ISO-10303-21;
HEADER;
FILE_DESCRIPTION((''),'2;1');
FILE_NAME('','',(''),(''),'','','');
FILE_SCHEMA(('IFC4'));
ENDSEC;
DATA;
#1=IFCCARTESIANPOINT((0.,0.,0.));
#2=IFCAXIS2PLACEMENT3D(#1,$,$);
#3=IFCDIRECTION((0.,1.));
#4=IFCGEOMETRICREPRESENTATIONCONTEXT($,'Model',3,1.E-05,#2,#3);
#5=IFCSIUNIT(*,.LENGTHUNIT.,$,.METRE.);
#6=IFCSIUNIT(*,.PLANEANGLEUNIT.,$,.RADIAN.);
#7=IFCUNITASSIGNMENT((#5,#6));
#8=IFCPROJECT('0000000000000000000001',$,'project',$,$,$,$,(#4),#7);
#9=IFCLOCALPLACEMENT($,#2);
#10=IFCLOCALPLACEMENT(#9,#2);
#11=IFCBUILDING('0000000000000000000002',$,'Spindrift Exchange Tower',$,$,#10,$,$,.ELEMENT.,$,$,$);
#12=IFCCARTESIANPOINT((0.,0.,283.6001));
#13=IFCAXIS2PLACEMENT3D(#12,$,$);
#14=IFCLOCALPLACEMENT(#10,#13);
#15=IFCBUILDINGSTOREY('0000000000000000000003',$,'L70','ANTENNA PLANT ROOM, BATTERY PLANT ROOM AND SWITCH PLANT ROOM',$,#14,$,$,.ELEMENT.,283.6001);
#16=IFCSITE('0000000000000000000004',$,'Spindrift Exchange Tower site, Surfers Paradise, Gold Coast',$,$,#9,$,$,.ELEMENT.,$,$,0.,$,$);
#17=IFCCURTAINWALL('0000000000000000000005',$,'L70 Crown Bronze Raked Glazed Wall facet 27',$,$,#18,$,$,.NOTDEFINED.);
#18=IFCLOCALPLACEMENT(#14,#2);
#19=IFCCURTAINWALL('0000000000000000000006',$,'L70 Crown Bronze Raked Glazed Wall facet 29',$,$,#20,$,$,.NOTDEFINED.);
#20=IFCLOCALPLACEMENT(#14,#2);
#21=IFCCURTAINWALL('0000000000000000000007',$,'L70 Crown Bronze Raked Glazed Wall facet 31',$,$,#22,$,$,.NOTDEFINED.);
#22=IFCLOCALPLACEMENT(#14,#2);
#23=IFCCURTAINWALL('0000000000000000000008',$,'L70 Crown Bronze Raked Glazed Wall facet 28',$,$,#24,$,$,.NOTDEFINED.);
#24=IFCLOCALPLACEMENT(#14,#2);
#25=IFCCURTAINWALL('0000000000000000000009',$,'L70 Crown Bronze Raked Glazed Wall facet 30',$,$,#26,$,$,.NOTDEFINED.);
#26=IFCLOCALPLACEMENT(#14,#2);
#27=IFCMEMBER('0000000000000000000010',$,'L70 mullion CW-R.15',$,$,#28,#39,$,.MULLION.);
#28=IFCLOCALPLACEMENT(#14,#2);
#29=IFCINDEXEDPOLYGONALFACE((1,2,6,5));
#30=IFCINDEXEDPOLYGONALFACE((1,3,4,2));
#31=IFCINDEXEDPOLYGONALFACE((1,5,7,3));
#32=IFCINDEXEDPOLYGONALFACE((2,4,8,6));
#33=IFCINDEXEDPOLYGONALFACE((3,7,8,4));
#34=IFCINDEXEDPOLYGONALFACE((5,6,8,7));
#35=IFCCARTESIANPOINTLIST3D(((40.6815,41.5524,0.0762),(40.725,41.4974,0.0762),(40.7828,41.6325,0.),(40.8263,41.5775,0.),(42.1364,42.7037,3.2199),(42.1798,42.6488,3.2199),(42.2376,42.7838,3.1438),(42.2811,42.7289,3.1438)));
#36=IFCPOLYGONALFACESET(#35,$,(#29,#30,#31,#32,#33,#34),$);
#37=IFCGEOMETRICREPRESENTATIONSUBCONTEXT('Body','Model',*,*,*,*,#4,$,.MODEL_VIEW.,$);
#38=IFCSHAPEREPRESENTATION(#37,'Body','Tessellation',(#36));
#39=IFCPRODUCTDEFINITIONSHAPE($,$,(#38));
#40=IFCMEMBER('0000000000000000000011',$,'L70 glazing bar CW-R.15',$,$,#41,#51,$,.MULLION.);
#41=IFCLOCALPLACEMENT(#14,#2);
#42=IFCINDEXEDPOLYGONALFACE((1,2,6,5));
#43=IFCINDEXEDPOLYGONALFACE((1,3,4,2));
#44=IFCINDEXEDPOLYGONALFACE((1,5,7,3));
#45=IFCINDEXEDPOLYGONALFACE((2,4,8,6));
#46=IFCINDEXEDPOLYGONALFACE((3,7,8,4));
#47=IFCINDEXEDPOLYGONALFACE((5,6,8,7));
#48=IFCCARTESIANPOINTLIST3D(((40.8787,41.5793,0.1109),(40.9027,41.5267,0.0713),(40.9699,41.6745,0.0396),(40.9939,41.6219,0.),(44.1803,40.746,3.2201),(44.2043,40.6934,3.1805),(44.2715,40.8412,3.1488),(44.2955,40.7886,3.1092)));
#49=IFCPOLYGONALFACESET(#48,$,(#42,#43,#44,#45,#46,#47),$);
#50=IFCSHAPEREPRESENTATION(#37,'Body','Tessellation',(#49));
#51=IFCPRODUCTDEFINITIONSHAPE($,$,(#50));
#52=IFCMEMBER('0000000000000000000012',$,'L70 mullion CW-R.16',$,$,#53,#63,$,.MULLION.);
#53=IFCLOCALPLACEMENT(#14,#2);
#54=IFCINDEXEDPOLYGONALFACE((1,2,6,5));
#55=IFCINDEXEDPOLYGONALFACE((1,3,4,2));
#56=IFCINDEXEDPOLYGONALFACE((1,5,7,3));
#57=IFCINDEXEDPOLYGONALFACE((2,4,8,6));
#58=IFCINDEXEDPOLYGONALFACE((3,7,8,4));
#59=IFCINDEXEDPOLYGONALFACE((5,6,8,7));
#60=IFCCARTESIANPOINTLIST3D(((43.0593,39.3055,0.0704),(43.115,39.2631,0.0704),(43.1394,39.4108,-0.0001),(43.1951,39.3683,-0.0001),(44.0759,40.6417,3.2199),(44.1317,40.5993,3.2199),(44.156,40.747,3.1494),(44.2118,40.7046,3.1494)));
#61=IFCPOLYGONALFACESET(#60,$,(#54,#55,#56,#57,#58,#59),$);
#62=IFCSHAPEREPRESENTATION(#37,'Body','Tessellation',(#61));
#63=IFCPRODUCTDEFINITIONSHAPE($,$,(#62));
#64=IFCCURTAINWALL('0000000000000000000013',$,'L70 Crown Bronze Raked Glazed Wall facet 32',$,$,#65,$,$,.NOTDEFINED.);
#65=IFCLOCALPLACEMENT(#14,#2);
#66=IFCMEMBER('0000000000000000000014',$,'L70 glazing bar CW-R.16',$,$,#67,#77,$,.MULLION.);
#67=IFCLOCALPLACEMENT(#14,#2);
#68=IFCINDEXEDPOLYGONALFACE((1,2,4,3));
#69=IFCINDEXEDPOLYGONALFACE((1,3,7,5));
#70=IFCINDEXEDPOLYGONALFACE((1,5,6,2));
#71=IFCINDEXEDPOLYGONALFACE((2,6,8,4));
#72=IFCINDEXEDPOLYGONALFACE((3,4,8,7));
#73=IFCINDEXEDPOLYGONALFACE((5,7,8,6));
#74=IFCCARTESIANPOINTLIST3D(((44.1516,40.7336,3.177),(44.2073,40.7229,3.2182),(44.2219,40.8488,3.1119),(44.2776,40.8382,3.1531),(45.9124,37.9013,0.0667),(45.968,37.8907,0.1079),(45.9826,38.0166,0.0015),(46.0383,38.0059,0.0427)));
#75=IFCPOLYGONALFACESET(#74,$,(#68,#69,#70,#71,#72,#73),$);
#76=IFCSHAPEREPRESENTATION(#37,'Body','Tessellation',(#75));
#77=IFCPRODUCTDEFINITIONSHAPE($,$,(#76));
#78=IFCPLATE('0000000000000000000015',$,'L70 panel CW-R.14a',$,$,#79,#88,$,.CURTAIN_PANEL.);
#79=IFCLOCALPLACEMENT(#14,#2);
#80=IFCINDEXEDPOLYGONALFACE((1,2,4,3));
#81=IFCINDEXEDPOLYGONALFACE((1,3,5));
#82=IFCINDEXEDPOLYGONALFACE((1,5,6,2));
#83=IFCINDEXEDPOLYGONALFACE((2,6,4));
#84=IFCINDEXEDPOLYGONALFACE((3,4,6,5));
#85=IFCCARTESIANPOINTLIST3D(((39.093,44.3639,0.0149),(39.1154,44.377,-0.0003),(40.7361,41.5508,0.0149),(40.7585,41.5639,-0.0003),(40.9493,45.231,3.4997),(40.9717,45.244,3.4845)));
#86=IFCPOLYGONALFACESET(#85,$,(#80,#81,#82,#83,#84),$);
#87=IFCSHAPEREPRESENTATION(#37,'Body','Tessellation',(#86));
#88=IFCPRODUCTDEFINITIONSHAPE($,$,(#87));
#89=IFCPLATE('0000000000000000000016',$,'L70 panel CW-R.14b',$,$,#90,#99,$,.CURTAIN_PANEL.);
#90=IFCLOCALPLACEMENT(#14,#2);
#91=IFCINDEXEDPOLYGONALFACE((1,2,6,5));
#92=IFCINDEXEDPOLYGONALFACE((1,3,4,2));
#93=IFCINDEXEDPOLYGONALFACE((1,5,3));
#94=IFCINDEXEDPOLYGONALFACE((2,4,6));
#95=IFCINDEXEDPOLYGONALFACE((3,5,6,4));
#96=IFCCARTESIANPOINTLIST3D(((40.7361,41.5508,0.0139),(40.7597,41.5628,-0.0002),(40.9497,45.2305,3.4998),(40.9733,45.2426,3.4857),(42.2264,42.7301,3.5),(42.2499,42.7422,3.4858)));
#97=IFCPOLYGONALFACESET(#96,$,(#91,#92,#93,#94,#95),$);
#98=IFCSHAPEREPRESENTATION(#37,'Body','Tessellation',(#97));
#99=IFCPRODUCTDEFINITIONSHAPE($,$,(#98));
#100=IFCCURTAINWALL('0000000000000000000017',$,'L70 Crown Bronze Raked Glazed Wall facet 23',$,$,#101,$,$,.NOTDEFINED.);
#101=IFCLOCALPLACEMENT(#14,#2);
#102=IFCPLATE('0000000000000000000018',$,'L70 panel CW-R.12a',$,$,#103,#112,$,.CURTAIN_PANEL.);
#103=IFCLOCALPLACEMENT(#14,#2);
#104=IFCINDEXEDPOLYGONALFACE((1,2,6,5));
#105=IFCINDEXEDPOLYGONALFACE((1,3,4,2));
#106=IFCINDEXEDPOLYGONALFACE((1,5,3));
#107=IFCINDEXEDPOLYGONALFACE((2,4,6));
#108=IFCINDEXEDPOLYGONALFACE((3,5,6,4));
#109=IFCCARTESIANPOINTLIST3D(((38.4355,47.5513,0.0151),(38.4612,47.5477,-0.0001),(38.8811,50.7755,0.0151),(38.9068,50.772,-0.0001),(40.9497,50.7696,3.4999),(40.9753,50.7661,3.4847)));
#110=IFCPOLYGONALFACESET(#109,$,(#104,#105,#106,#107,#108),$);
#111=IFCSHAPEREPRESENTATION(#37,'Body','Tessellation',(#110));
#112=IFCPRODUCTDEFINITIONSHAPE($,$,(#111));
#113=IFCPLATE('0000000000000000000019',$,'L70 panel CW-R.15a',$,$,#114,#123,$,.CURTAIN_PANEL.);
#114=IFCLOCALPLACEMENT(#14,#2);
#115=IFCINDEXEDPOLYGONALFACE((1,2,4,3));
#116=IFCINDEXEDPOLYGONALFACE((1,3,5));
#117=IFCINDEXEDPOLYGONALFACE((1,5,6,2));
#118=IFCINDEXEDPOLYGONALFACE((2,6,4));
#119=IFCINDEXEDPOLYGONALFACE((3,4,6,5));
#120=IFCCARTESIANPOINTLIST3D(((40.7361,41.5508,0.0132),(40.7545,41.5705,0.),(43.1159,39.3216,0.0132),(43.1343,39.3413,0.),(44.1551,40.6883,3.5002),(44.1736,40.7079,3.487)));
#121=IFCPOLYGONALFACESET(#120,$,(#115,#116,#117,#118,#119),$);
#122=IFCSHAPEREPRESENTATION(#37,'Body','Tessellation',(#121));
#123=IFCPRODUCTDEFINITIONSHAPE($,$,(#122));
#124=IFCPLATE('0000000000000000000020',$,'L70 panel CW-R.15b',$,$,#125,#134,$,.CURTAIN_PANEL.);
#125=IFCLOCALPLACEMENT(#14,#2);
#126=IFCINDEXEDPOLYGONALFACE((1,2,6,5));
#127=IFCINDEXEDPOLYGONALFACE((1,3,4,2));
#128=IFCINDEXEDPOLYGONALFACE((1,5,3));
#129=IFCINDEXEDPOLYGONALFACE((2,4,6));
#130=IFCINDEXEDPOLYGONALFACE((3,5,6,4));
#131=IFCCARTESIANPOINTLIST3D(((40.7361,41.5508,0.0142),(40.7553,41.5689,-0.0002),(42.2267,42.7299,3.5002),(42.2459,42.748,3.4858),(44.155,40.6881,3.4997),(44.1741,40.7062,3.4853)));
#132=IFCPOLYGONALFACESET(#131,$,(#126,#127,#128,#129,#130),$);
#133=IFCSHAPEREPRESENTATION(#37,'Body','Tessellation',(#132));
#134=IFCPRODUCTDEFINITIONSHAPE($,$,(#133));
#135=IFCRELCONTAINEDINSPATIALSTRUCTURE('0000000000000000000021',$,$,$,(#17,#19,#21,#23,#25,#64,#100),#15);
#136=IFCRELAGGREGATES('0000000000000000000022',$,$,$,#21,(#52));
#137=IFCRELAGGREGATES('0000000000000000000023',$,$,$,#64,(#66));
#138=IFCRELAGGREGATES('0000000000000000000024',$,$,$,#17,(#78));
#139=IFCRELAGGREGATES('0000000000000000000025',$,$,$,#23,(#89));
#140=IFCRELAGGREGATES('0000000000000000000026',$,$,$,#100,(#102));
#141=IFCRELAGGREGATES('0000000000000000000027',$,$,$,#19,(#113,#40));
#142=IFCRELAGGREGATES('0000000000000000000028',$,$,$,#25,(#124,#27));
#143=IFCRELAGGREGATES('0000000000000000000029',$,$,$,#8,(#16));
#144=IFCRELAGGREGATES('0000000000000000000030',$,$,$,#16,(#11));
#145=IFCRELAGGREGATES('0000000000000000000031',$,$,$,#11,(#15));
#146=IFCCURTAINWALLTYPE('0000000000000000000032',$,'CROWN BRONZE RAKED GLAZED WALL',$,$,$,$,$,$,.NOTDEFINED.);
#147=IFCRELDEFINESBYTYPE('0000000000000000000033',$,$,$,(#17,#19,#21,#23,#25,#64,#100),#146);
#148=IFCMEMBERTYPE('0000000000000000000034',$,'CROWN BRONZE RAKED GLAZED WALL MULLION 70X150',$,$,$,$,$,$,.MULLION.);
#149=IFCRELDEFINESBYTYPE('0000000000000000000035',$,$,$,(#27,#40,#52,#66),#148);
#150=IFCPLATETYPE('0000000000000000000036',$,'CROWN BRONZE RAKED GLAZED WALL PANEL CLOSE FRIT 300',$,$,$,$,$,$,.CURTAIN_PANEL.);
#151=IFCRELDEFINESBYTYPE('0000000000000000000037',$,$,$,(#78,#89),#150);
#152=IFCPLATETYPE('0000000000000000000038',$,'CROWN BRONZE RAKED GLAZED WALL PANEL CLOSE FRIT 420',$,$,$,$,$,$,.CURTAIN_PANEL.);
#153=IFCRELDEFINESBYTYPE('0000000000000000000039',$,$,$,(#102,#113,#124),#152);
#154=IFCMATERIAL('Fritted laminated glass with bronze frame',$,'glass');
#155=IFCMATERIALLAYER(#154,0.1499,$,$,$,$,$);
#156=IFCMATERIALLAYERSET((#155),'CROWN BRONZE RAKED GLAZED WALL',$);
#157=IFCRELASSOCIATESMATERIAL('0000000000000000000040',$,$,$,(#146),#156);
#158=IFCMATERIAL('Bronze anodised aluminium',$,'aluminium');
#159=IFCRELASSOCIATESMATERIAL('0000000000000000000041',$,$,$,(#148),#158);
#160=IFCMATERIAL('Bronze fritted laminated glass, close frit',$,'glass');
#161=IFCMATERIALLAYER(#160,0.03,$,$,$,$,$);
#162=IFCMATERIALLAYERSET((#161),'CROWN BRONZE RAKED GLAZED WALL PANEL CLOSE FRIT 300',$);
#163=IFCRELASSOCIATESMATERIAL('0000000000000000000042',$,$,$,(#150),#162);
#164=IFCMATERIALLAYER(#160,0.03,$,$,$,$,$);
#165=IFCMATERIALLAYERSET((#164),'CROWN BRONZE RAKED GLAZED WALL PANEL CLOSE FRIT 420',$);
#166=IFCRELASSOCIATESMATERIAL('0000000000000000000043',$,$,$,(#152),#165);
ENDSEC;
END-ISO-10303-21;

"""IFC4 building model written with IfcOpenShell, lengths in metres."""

from ifc_helpers import new_model, si_unit, direction, frame, origin, origin_2d, place, context, subcontext, project, spatial, line, indexed_curve, rectangle, outline, extrude, source, transform, mapped, material, layer, layer_set, material_profile, profile_set, type_object, element, aggregate, save


model = new_model("IFC4")

# Units and contexts
model_context = context("Model", 3, precision=1e-05, world=origin(), true_north=direction((0.0, 1.0)))
body_context = subcontext(model_context, "Body", "Model", "MODEL_VIEW")
ifc_project = project(units=[si_unit("LENGTHUNIT", "METRE"), si_unit("PLANEANGLEUNIT", "RADIAN")], contexts=[model_context])

# Site, building, storey
site_placement = place(None, origin())
site = spatial("IfcSite", under=ifc_project, at=site_placement, Name="Spindrift Exchange Tower site, Surfers Paradise, Gold Coast", CompositionType="ELEMENT", RefElevation=0.0)
building_placement = place(site_placement, origin())
building = spatial("IfcBuilding", under=site, at=building_placement, Name="Spindrift Exchange Tower", CompositionType="ELEMENT")
storey_placement = place(building_placement, frame((0.0, 0.0, 283.6001)))
storey = spatial("IfcBuildingStorey", under=building, at=storey_placement, Name="L70", Description="ANTENNA PLANT ROOM, BATTERY PLANT ROOM AND SWITCH PLANT ROOM", CompositionType="ELEMENT", Elevation=283.6001)

# Curtain walls
ifc_material_1 = material(Name="Fritted laminated glass with bronze frame", Category="glass")
ifc_layer_1 = layer(ifc_material_1, 0.1499)
ifc_layer_set_1 = layer_set([ifc_layer_1], Name="CROWN BRONZE RAKED GLAZED WALL")
curtain_wall_type = type_object("IfcCurtainWallType", Name="CROWN BRONZE RAKED GLAZED WALL", PredefinedType="NOTDEFINED", material=ifc_layer_set_1)
ifc_material_2 = material(Name="Bronze anodised aluminium", Category="aluminium")
curtain_wall_1_placement = place(storey_placement, origin())
curtain_wall_1 = element("IfcCurtainWall", 1, at=curtain_wall_1_placement, inside=storey, type_object=curtain_wall_type, Name="L70 Crown Bronze Raked Glazed Wall facet 27", PredefinedType="NOTDEFINED")
curtain_wall_2_placement = place(storey_placement, origin())
curtain_wall_2 = element("IfcCurtainWall", 2, at=curtain_wall_2_placement, inside=storey, type_object=curtain_wall_type, Name="L70 Crown Bronze Raked Glazed Wall facet 29", PredefinedType="NOTDEFINED")
curtain_wall_3_placement = place(storey_placement, origin())
curtain_wall_3 = element("IfcCurtainWall", 3, at=curtain_wall_3_placement, inside=storey, type_object=curtain_wall_type, Name="L70 Crown Bronze Raked Glazed Wall facet 31", PredefinedType="NOTDEFINED")

# Shared definitions
ifc_material_profile_1 = material_profile(ifc_material_2, rectangle(XDim=0.0701, YDim=0.1499, at=origin_2d()), Name="CROWN BRONZE RAKED GLAZED WALL MULLION 70X150")
ifc_profile_set_1 = profile_set([ifc_material_profile_1], Name="Bronze anodised aluminium")
member_type_1 = type_object("IfcMemberType", Name="CROWN BRONZE RAKED GLAZED WALL MULLION 70X150", PredefinedType="MULLION", material=ifc_profile_set_1)

# Curtain wall
curtain_wall_4_placement = place(storey_placement, origin())
curtain_wall_4 = element("IfcCurtainWall", 4, at=curtain_wall_4_placement, inside=storey, type_object=curtain_wall_type, Name="L70 Crown Bronze Raked Glazed Wall facet 28", PredefinedType="NOTDEFINED")

# Curtain wall, member
curtain_wall_5_placement = place(storey_placement, origin())
curtain_wall_5 = element("IfcCurtainWall", 5, at=curtain_wall_5_placement, inside=storey, type_object=curtain_wall_type, Name="L70 Crown Bronze Raked Glazed Wall facet 30", PredefinedType="NOTDEFINED")
shared_shape_1 = source(origin(), body_context, "Body", "SweptSolid", [
    extrude(rectangle(XDim=0.0701, YDim=0.1499, at=origin_2d()), origin(), (0.0, 0.0, 1.0), 3.6504),
])
member_1_placement = place(storey_placement, frame((40.7539, 41.5649, 0.0381), z_axis=(0.398537, 0.315406, 0.861213), x_axis=(-0.620578, 0.784145, 0.0)))
member_1 = element("IfcMember", 6, at=member_1_placement, type_object=member_type_1, Name="L70 mullion CW-R.15", PredefinedType="MULLION", context=body_context, shape_type="MappedRepresentation", body=[
    mapped(shared_shape_1, transform((0.0, 0.0, 0.0), scale=1.0)),
])

# Members
shared_shape_2 = source(origin(), body_context, "Body", "SweptSolid", [
    extrude(rectangle(XDim=0.0701, YDim=0.1499, at=origin_2d()), origin(), (0.0, 0.0, 1.0), 4.6111),
])
member_2_placement = place(storey_placement, frame((40.9363, 41.6006, 0.0554), z_axis=(0.716014, -0.180711, 0.674291), x_axis=(-0.342463, 0.750768, 0.56486)))
member_2 = element("IfcMember", 7, at=member_2_placement, type_object=member_type_1, Name="L70 glazing bar CW-R.15", PredefinedType="MULLION", context=body_context, shape_type="MappedRepresentation", body=[
    mapped(shared_shape_2, transform((0.0, 0.0, 0.0), scale=1.0)),
])
shared_shape_3 = source(origin(), body_context, "Body", "SweptSolid", [
    extrude(rectangle(XDim=0.0701, YDim=0.1499, at=origin_2d()), origin(), (0.0, 0.0, 1.0), 3.5691),
])
member_3_placement = place(storey_placement, frame((43.1272, 39.3369, 0.0352), z_axis=(0.284843, 0.374387, 0.882439), x_axis=(-0.795845, 0.6055, 0.0)))
member_3 = element("IfcMember", 8, at=member_3_placement, type_object=member_type_1, Name="L70 mullion CW-R.16", PredefinedType="MULLION", context=body_context, shape_type="MappedRepresentation", body=[
    mapped(shared_shape_3, transform((0.0, 0.0, 0.0), scale=1.0)),
])
aggregate(curtain_wall_3, [member_3])

# Curtain wall, member
curtain_wall_6_placement = place(storey_placement, origin())
curtain_wall_6 = element("IfcCurtainWall", 9, at=curtain_wall_6_placement, inside=storey, type_object=curtain_wall_type, Name="L70 Crown Bronze Raked Glazed Wall facet 32", PredefinedType="NOTDEFINED")
shared_shape_4 = source(origin(), body_context, "Body", "SweptSolid", [
    extrude(rectangle(XDim=0.0701, YDim=0.1499, at=origin_2d()), origin(), (0.0, 0.0, 1.0), 4.5603),
])
member_4_placement = place(storey_placement, frame((45.9753, 37.9536, 0.0547), z_axis=(-0.386103, 0.621073, 0.682051), x_axis=(-0.794455, 0.151872, -0.588028)))
member_4 = element("IfcMember", 10, at=member_4_placement, type_object=member_type_1, Name="L70 glazing bar CW-R.16", PredefinedType="MULLION", context=body_context, shape_type="MappedRepresentation", body=[
    mapped(shared_shape_4, transform((0.0, 0.0, 0.0), scale=1.0)),
])
aggregate(curtain_wall_6, [member_4])

# Plates
ifc_material_3 = material(Name="Bronze fritted laminated glass, close frit", Category="glass")
ifc_layer_2 = layer(ifc_material_3, 0.03)
ifc_layer_set_2 = layer_set([ifc_layer_2], Name="CROWN BRONZE RAKED GLAZED WALL PANEL CLOSE FRIT 300")
plate_type_1 = type_object("IfcPlateType", Name="CROWN BRONZE RAKED GLAZED WALL PANEL CLOSE FRIT 300", PredefinedType="CURTAIN_PANEL", material=ifc_layer_set_2)
plate_1_placement = place(storey_placement, frame((40.7361, 41.5508, 0.0149), z_axis=(-0.745185, -0.435235, 0.505243), x_axis=(-0.504342, 0.863504, 0.0)))
plate_1 = element("IfcPlate", 11, at=plate_1_placement, type_object=plate_type_1, Name="L70 panel CW-R.14a", PredefinedType="CURTAIN_PANEL", context=body_context, shape_type="SweptSolid", body=[
    extrude(outline(indexed_curve([(0.0, 0.0), (3.2578, 0.0), (3.0703, -4.0381)], segments=[line(1, 2, 3, 1)], self_intersect=False)), origin(), (0.0, 0.0, -1.0), 0.03),
])
aggregate(curtain_wall_1, [plate_1])
plate_2_placement = place(storey_placement, frame((40.7361, 41.5508, 0.0139), z_axis=(-0.785453, -0.401009, 0.471439), x_axis=(0.042106, 0.725325, 0.687117)))
plate_2 = element("IfcPlate", 12, at=plate_2_placement, type_object=plate_type_1, Name="L70 panel CW-R.14b", PredefinedType="CURTAIN_PANEL", context=body_context, shape_type="SweptSolid", body=[
    extrude(outline(indexed_curve([(0.0, 0.0), (5.0732, 0.0), (3.3135, -2.1875)], segments=[line(1, 2, 3, 1)], self_intersect=False)), origin(), (0.0, 0.0, -1.0), 0.03),
])
aggregate(curtain_wall_4, [plate_2])

# Curtain wall, plate
curtain_wall_7_placement = place(storey_placement, origin())
curtain_wall_7 = element("IfcCurtainWall", 13, at=curtain_wall_7_placement, inside=storey, type_object=curtain_wall_type, Name="L70 Crown Bronze Raked Glazed Wall facet 23", PredefinedType="NOTDEFINED")
ifc_layer_3 = layer(ifc_material_3, 0.03)
ifc_layer_set_3 = layer_set([ifc_layer_3], Name="CROWN BRONZE RAKED GLAZED WALL PANEL CLOSE FRIT 420")
plate_type_2 = type_object("IfcPlateType", Name="CROWN BRONZE RAKED GLAZED WALL PANEL CLOSE FRIT 420", PredefinedType="CURTAIN_PANEL", material=ifc_layer_set_3)
plate_3_placement = place(storey_placement, frame((38.4355, 47.5513, 0.0151), z_axis=(-0.853815, 0.117993, 0.507028), x_axis=(0.136894, 0.990586, 0.0)))
plate_3 = element("IfcPlate", 14, at=plate_3_placement, type_object=plate_type_2, Name="L70 panel CW-R.12a", PredefinedType="CURTAIN_PANEL", context=body_context, shape_type="SweptSolid", body=[
    extrude(outline(indexed_curve([(0.0, 0.0), (3.2549, 0.0), (3.5322, -4.043)], segments=[line(1, 2, 3, 1)], self_intersect=False)), origin(), (0.0, 0.0, -1.0), 0.03),
])
aggregate(curtain_wall_7, [plate_3])

# Plates
plate_4_placement = place(storey_placement, frame((40.7361, 41.5508, 0.0132), z_axis=(-0.613947, -0.655437, 0.439855), x_axis=(0.729829, -0.68363, 0.0)))
plate_4 = element("IfcPlate", 15, at=plate_4_placement, type_object=plate_type_2, Name="L70 panel CW-R.15a", PredefinedType="CURTAIN_PANEL", context=body_context, shape_type="SweptSolid", body=[
    extrude(outline(indexed_curve([(0.0, 0.0), (3.2607, 0.0), (3.085, 3.8828)], segments=[line(1, 2, 3, 1)], self_intersect=False)), origin(), (0.0, 0.0, -1.0), 0.03),
])
aggregate(curtain_wall_2, [plate_4, member_2])
plate_5_placement = place(storey_placement, frame((40.7361, 41.5508, 0.0142), z_axis=(-0.638839, -0.603403, 0.477274), x_axis=(0.689567, -0.174004, 0.703008)))
plate_5 = element("IfcPlate", 16, at=plate_5_placement, type_object=plate_type_2, Name="L70 panel CW-R.15b", PredefinedType="CURTAIN_PANEL", context=body_context, shape_type="SweptSolid", body=[
    extrude(outline(indexed_curve([(0.0, 0.0), (4.958, 0.0), (3.2734, 2.2471)], segments=[line(1, 2, 3, 1)], self_intersect=False)), origin(), (0.0, 0.0, -1.0), 0.03),
])
aggregate(curtain_wall_5, [plate_5, member_1])

save(model, "model.ifc")
